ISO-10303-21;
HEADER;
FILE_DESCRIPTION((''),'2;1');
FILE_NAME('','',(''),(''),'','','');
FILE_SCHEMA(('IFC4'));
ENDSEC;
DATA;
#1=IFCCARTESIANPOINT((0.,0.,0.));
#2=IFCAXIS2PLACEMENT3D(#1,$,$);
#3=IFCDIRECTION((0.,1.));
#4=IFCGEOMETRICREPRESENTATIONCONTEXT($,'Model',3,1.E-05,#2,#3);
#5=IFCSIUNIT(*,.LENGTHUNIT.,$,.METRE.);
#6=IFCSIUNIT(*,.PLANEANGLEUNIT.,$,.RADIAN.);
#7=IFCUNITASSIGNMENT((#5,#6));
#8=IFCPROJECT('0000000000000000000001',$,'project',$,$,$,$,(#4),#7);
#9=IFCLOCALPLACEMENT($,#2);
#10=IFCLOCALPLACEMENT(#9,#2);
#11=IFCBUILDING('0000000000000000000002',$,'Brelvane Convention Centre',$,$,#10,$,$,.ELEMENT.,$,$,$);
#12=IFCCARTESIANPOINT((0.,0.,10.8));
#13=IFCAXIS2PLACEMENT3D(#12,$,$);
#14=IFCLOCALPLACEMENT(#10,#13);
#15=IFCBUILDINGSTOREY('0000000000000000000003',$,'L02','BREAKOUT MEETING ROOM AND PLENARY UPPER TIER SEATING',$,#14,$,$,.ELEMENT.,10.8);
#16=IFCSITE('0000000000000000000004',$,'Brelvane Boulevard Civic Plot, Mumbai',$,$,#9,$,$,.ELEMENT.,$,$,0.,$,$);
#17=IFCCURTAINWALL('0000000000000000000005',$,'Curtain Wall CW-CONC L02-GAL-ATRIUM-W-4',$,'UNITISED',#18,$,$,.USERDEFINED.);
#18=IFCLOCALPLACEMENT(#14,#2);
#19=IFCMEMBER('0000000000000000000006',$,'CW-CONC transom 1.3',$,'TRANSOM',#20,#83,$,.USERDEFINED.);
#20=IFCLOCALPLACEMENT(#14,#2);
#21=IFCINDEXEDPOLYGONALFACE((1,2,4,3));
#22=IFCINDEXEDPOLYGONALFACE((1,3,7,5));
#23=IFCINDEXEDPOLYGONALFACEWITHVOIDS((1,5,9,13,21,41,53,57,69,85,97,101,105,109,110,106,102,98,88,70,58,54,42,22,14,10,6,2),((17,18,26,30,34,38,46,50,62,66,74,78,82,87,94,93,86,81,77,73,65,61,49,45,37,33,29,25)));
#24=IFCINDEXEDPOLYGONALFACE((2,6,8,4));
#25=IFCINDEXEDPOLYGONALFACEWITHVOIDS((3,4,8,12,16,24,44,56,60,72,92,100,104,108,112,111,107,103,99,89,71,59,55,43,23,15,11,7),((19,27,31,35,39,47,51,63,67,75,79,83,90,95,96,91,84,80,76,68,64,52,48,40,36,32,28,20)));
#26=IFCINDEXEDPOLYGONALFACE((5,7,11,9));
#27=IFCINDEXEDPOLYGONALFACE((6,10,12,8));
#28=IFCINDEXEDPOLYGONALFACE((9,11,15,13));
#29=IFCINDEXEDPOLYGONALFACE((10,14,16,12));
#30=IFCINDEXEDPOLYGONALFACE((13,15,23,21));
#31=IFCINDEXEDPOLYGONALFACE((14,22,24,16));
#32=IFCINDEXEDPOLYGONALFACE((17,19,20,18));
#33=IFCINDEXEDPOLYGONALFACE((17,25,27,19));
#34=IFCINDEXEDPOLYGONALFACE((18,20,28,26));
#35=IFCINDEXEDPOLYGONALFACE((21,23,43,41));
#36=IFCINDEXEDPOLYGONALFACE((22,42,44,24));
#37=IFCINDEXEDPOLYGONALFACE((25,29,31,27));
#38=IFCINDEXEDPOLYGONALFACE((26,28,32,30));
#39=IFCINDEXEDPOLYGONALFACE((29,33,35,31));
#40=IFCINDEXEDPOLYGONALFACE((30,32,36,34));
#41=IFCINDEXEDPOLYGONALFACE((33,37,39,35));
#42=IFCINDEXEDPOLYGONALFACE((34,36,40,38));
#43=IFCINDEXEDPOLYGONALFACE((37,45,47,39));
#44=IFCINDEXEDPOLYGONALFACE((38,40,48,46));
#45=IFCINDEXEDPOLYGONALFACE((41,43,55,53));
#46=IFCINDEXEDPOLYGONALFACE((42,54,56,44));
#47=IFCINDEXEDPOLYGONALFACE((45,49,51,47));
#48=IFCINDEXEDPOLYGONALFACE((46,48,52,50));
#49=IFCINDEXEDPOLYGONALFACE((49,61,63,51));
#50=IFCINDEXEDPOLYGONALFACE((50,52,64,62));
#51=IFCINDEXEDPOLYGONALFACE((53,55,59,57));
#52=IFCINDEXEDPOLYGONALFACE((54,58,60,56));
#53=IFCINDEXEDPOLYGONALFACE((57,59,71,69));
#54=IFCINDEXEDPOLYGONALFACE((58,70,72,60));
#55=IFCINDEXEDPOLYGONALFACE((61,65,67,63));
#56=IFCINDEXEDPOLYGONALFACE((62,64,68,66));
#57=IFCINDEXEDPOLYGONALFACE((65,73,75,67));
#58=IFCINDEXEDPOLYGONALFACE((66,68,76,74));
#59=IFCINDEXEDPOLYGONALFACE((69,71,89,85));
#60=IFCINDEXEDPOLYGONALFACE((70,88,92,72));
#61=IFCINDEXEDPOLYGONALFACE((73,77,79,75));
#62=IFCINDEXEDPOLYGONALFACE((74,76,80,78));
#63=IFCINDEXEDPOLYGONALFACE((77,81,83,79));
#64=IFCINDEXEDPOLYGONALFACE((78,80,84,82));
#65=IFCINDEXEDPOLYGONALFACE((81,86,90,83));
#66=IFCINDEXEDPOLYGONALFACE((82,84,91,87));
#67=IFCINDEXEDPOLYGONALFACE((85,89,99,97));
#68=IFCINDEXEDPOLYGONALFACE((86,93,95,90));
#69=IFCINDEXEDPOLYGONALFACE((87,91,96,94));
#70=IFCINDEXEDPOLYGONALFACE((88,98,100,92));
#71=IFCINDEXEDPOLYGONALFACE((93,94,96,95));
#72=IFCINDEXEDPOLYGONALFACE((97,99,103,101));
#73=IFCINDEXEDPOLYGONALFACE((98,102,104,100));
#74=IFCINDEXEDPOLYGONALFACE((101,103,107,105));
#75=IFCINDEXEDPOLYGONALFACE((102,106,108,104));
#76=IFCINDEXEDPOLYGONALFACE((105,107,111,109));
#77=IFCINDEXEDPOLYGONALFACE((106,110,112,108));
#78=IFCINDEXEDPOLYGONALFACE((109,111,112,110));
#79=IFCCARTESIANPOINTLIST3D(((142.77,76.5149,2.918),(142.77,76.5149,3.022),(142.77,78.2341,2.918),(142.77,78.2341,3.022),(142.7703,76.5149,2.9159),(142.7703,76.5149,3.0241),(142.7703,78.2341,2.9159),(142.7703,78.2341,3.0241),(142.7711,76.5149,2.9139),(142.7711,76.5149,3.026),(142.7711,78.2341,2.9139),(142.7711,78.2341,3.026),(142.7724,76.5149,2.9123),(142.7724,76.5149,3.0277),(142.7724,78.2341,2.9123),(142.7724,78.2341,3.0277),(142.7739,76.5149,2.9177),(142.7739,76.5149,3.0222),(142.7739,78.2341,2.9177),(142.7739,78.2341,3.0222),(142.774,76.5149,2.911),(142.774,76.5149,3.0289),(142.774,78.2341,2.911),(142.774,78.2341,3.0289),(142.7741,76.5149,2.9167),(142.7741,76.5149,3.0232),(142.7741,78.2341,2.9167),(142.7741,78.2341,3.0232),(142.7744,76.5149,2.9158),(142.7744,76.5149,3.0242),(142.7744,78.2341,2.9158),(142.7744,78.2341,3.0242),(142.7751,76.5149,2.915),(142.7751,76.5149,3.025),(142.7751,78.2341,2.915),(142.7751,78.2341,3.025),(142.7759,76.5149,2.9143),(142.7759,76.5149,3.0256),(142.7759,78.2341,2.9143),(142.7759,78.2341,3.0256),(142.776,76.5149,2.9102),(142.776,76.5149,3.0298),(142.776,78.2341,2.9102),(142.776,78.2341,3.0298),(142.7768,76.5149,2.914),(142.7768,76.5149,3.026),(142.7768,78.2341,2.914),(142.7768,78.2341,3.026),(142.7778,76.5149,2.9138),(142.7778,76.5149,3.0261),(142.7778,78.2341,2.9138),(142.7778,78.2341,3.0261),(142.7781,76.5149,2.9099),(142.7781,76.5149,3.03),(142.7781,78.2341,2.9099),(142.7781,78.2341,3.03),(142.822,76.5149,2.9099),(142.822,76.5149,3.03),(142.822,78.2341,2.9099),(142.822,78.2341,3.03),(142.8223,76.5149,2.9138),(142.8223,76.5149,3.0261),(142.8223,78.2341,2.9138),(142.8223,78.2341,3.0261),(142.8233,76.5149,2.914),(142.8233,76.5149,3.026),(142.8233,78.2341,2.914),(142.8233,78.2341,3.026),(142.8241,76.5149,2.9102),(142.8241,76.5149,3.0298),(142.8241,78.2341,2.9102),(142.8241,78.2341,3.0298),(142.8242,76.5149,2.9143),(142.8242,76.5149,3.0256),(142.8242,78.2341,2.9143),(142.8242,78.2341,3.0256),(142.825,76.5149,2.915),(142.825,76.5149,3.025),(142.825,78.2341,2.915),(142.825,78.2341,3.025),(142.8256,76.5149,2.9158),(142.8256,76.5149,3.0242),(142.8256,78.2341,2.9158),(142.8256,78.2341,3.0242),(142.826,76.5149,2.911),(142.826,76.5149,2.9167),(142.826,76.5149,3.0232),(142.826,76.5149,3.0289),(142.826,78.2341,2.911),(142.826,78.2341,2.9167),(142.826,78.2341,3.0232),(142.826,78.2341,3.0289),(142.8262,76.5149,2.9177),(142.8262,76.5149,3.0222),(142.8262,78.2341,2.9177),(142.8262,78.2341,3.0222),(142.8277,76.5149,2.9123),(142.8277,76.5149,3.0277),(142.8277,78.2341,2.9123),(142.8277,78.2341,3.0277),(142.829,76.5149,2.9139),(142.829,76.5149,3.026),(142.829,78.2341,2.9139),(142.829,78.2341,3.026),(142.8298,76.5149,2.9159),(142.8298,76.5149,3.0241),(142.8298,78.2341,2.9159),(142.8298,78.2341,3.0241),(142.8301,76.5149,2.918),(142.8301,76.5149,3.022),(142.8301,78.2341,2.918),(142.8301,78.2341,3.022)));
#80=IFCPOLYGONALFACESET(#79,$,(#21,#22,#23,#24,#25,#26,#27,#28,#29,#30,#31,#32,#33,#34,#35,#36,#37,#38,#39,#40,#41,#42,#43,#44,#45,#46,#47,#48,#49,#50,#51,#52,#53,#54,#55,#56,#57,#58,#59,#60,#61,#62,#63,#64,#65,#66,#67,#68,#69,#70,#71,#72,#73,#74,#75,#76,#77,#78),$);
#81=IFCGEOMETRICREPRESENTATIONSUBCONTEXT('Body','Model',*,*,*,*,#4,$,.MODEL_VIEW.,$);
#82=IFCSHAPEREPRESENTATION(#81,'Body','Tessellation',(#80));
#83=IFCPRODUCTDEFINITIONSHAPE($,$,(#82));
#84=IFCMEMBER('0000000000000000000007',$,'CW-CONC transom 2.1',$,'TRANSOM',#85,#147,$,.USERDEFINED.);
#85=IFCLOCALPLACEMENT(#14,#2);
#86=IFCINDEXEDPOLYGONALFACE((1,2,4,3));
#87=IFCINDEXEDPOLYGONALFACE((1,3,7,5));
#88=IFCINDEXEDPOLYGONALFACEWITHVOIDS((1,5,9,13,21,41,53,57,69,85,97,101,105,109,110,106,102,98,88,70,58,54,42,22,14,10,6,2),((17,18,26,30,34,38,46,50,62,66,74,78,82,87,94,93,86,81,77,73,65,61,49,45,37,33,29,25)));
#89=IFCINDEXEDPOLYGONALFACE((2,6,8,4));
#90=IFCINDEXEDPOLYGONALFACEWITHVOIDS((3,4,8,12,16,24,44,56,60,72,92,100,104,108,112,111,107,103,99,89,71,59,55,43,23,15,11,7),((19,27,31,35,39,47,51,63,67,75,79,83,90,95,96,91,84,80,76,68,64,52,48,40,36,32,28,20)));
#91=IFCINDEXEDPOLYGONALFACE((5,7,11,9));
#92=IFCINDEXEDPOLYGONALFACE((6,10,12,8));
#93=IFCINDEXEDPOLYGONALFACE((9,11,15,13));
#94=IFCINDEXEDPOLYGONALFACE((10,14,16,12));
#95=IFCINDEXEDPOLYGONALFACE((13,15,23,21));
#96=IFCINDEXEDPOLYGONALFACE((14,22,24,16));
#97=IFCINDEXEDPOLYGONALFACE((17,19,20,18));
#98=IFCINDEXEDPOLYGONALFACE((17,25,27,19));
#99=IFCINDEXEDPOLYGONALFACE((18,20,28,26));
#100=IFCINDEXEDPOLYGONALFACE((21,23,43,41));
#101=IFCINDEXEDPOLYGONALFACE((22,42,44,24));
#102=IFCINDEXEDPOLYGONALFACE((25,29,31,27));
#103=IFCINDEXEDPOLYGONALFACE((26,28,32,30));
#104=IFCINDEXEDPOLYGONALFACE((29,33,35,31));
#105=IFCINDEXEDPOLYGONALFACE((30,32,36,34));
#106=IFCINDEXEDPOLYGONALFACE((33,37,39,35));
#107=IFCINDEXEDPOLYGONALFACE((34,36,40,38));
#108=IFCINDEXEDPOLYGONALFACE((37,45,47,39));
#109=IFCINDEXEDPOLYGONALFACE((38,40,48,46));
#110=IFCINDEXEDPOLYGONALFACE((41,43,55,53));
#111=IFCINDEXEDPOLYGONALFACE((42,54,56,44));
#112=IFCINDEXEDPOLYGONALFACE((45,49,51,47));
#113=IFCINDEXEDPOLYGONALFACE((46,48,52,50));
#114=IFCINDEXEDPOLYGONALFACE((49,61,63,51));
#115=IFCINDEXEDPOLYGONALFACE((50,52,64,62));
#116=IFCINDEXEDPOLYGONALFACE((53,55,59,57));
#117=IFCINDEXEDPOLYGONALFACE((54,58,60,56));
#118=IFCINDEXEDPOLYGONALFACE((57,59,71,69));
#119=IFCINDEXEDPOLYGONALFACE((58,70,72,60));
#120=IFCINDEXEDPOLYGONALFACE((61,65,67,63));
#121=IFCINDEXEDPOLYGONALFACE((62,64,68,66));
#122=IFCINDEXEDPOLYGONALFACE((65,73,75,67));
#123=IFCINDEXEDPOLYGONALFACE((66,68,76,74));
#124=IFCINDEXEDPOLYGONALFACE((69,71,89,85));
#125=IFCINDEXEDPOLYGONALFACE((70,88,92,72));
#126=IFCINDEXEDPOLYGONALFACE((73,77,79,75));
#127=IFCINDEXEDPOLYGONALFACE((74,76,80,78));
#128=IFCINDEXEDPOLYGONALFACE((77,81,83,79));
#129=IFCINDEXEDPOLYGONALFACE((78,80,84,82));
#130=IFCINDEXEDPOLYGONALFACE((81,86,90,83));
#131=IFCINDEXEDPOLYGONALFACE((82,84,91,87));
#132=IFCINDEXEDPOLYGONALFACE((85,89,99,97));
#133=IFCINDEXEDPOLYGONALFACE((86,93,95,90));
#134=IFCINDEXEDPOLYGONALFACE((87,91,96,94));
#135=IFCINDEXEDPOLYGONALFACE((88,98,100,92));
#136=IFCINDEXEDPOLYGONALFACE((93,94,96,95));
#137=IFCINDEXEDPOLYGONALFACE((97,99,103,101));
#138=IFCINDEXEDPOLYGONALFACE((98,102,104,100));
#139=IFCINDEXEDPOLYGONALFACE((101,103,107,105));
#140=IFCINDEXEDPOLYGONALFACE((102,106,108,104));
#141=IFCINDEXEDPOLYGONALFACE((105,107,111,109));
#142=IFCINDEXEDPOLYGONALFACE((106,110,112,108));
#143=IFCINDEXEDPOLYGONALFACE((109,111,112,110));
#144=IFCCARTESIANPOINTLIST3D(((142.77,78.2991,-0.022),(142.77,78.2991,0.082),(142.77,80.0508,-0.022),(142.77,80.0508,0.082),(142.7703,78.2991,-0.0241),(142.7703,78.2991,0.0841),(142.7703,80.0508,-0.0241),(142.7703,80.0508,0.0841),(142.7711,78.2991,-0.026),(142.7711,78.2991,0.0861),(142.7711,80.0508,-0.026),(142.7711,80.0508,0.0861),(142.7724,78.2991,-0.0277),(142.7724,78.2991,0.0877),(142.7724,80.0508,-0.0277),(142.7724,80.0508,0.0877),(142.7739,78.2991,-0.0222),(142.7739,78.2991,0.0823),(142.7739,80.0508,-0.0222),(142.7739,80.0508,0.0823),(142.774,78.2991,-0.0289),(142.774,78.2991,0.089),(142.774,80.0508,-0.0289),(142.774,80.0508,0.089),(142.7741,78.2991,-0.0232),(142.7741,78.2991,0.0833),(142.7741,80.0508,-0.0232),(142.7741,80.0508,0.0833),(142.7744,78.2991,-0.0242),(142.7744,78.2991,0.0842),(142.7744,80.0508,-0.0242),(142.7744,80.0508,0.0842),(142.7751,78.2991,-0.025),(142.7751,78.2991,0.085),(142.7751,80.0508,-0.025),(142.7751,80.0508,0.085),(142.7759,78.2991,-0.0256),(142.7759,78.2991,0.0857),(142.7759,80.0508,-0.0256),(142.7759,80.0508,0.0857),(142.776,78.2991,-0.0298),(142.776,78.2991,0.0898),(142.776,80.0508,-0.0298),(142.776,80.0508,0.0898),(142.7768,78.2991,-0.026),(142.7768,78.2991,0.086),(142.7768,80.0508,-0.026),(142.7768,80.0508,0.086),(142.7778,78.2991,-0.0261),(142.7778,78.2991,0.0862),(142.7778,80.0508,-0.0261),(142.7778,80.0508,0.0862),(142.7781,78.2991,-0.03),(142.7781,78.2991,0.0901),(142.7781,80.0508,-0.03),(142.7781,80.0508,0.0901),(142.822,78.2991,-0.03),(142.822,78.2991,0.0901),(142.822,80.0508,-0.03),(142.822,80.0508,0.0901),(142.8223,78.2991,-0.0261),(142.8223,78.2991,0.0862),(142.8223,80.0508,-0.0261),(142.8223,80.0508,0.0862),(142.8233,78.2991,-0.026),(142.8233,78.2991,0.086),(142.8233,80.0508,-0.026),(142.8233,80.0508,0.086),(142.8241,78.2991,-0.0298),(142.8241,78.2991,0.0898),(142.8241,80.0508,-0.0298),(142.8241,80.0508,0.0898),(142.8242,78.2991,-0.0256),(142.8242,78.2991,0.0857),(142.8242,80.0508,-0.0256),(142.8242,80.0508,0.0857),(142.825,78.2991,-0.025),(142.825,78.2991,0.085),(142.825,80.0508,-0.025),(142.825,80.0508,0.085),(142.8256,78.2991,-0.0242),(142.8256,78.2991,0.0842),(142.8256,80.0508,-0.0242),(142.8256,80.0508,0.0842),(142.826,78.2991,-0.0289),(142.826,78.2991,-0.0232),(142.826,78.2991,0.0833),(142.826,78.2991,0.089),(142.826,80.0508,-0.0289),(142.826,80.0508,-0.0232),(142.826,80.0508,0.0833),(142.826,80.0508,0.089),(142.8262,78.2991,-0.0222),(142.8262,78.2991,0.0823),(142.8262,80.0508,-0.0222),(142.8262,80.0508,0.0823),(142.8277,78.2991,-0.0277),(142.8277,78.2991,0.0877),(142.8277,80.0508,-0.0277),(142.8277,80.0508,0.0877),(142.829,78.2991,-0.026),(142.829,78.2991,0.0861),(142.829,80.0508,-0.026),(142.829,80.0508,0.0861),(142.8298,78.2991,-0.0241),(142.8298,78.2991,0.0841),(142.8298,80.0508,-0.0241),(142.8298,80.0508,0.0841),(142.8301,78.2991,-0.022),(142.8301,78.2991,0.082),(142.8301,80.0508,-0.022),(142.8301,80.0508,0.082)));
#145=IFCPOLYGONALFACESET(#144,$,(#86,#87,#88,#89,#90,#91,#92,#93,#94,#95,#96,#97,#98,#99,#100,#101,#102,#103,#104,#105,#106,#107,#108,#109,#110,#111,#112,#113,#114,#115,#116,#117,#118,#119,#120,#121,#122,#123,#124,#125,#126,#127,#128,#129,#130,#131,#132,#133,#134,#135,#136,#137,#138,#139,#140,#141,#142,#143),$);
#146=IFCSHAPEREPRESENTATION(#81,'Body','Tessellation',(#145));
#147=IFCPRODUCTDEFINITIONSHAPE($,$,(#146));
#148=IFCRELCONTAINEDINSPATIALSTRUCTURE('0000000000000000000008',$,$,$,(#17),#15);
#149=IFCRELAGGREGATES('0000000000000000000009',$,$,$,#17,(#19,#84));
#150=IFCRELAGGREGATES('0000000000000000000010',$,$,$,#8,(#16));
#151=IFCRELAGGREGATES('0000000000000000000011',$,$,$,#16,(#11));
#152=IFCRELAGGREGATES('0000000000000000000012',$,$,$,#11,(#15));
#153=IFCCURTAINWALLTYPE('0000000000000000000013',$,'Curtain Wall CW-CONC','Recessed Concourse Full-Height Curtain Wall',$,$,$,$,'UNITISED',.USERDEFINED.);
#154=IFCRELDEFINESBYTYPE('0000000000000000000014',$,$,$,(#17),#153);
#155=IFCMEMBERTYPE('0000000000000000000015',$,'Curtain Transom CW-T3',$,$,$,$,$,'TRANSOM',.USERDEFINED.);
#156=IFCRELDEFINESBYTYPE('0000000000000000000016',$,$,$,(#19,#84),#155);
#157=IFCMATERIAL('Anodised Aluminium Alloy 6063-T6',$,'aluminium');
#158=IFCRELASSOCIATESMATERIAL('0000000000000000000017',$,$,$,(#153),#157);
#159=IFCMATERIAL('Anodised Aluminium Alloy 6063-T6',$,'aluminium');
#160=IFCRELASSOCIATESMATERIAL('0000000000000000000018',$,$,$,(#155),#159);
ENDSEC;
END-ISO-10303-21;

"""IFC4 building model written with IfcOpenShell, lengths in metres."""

from ifc_helpers import new_model, si_unit, direction, frame, origin, origin_2d, place, context, subcontext, project, spatial, hollow_rectangle, extrude, material, material_profile, profile_set, type_object, element, aggregate, save


model = new_model("IFC4")

# Units and contexts
model_context = context("Model", 3, precision=1e-05, world=origin(), true_north=direction((0.0, 1.0)))
body_context = subcontext(model_context, "Body", "Model", "MODEL_VIEW")
ifc_project = project(units=[si_unit("LENGTHUNIT", "METRE"), si_unit("PLANEANGLEUNIT", "RADIAN")], contexts=[model_context])

# Site, building, storey
site_placement = place(None, origin())
site = spatial("IfcSite", under=ifc_project, at=site_placement, Name="Brelvane Boulevard Civic Plot, Mumbai", CompositionType="ELEMENT", RefElevation=0.0)
building_placement = place(site_placement, origin())
building = spatial("IfcBuilding", under=site, at=building_placement, Name="Brelvane Convention Centre", CompositionType="ELEMENT")
storey_placement = place(building_placement, frame((0.0, 0.0, 10.8)))
storey = spatial("IfcBuildingStorey", under=building, at=storey_placement, Name="L02", Description="BREAKOUT MEETING ROOM AND PLENARY UPPER TIER SEATING", CompositionType="ELEMENT", Elevation=10.8)

# Curtain wall
ifc_material_1 = material(Name="Anodised Aluminium Alloy 6063-T6", Category="aluminium")
curtain_wall_type = type_object("IfcCurtainWallType", Name="Curtain Wall CW-CONC", Description="Recessed Concourse Full-Height Curtain Wall", ElementType="UNITISED", PredefinedType="USERDEFINED", material=ifc_material_1)
curtain_wall_1_placement = place(storey_placement, origin())
curtain_wall_1 = element("IfcCurtainWall", 1, at=curtain_wall_1_placement, inside=storey, type_object=curtain_wall_type, Name="Curtain Wall CW-CONC L02-GAL-ATRIUM-W-4", ObjectType="UNITISED", PredefinedType="USERDEFINED")

# Members
ifc_material_2 = material(Name="Anodised Aluminium Alloy 6063-T6", Category="aluminium")
ifc_material_profile_1 = material_profile(ifc_material_2, hollow_rectangle(XDim=0.0601, YDim=0.1201, WallThickness=0.0039, InnerFilletRadius=0.0039, OuterFilletRadius=0.0081, at=origin_2d()), Name="ALU-T 120x60x4.0")
ifc_profile_set_1 = profile_set([ifc_material_profile_1], Name="Anodised Aluminium Alloy 6063-T6")
member_type_1 = type_object("IfcMemberType", Name="Curtain Transom CW-T3", ElementType="TRANSOM", PredefinedType="USERDEFINED", material=ifc_profile_set_1)
member_1_placement = place(storey_placement, frame((142.8, 76.5149, 2.97), z_axis=(0.0, 1.0, 0.0), x_axis=(-1.0, 0.0, 0.0)))
member_1 = element("IfcMember", 2, at=member_1_placement, type_object=member_type_1, Name="CW-CONC transom 1.3", ObjectType="TRANSOM", PredefinedType="USERDEFINED", context=body_context, shape_type="SweptSolid", body=[
    extrude(hollow_rectangle(XDim=0.0601, YDim=0.1201, WallThickness=0.0039, InnerFilletRadius=0.0039, OuterFilletRadius=0.0081, at=origin_2d()), origin(), (0.0, 0.0, 1.0), 1.7192),
])
member_2_placement = place(storey_placement, frame((142.8, 78.2991, 0.03), z_axis=(0.0, 1.0, 0.0), x_axis=(-1.0, 0.0, 0.0)))
member_2 = element("IfcMember", 3, at=member_2_placement, type_object=member_type_1, Name="CW-CONC transom 2.1", ObjectType="TRANSOM", PredefinedType="USERDEFINED", context=body_context, shape_type="SweptSolid", body=[
    extrude(hollow_rectangle(XDim=0.0601, YDim=0.1201, WallThickness=0.0039, InnerFilletRadius=0.0039, OuterFilletRadius=0.0081, at=origin_2d()), origin(), (0.0, 0.0, 1.0), 1.7517),
])

aggregate(curtain_wall_1, [member_1, member_2])

save(model, "model.ifc")
